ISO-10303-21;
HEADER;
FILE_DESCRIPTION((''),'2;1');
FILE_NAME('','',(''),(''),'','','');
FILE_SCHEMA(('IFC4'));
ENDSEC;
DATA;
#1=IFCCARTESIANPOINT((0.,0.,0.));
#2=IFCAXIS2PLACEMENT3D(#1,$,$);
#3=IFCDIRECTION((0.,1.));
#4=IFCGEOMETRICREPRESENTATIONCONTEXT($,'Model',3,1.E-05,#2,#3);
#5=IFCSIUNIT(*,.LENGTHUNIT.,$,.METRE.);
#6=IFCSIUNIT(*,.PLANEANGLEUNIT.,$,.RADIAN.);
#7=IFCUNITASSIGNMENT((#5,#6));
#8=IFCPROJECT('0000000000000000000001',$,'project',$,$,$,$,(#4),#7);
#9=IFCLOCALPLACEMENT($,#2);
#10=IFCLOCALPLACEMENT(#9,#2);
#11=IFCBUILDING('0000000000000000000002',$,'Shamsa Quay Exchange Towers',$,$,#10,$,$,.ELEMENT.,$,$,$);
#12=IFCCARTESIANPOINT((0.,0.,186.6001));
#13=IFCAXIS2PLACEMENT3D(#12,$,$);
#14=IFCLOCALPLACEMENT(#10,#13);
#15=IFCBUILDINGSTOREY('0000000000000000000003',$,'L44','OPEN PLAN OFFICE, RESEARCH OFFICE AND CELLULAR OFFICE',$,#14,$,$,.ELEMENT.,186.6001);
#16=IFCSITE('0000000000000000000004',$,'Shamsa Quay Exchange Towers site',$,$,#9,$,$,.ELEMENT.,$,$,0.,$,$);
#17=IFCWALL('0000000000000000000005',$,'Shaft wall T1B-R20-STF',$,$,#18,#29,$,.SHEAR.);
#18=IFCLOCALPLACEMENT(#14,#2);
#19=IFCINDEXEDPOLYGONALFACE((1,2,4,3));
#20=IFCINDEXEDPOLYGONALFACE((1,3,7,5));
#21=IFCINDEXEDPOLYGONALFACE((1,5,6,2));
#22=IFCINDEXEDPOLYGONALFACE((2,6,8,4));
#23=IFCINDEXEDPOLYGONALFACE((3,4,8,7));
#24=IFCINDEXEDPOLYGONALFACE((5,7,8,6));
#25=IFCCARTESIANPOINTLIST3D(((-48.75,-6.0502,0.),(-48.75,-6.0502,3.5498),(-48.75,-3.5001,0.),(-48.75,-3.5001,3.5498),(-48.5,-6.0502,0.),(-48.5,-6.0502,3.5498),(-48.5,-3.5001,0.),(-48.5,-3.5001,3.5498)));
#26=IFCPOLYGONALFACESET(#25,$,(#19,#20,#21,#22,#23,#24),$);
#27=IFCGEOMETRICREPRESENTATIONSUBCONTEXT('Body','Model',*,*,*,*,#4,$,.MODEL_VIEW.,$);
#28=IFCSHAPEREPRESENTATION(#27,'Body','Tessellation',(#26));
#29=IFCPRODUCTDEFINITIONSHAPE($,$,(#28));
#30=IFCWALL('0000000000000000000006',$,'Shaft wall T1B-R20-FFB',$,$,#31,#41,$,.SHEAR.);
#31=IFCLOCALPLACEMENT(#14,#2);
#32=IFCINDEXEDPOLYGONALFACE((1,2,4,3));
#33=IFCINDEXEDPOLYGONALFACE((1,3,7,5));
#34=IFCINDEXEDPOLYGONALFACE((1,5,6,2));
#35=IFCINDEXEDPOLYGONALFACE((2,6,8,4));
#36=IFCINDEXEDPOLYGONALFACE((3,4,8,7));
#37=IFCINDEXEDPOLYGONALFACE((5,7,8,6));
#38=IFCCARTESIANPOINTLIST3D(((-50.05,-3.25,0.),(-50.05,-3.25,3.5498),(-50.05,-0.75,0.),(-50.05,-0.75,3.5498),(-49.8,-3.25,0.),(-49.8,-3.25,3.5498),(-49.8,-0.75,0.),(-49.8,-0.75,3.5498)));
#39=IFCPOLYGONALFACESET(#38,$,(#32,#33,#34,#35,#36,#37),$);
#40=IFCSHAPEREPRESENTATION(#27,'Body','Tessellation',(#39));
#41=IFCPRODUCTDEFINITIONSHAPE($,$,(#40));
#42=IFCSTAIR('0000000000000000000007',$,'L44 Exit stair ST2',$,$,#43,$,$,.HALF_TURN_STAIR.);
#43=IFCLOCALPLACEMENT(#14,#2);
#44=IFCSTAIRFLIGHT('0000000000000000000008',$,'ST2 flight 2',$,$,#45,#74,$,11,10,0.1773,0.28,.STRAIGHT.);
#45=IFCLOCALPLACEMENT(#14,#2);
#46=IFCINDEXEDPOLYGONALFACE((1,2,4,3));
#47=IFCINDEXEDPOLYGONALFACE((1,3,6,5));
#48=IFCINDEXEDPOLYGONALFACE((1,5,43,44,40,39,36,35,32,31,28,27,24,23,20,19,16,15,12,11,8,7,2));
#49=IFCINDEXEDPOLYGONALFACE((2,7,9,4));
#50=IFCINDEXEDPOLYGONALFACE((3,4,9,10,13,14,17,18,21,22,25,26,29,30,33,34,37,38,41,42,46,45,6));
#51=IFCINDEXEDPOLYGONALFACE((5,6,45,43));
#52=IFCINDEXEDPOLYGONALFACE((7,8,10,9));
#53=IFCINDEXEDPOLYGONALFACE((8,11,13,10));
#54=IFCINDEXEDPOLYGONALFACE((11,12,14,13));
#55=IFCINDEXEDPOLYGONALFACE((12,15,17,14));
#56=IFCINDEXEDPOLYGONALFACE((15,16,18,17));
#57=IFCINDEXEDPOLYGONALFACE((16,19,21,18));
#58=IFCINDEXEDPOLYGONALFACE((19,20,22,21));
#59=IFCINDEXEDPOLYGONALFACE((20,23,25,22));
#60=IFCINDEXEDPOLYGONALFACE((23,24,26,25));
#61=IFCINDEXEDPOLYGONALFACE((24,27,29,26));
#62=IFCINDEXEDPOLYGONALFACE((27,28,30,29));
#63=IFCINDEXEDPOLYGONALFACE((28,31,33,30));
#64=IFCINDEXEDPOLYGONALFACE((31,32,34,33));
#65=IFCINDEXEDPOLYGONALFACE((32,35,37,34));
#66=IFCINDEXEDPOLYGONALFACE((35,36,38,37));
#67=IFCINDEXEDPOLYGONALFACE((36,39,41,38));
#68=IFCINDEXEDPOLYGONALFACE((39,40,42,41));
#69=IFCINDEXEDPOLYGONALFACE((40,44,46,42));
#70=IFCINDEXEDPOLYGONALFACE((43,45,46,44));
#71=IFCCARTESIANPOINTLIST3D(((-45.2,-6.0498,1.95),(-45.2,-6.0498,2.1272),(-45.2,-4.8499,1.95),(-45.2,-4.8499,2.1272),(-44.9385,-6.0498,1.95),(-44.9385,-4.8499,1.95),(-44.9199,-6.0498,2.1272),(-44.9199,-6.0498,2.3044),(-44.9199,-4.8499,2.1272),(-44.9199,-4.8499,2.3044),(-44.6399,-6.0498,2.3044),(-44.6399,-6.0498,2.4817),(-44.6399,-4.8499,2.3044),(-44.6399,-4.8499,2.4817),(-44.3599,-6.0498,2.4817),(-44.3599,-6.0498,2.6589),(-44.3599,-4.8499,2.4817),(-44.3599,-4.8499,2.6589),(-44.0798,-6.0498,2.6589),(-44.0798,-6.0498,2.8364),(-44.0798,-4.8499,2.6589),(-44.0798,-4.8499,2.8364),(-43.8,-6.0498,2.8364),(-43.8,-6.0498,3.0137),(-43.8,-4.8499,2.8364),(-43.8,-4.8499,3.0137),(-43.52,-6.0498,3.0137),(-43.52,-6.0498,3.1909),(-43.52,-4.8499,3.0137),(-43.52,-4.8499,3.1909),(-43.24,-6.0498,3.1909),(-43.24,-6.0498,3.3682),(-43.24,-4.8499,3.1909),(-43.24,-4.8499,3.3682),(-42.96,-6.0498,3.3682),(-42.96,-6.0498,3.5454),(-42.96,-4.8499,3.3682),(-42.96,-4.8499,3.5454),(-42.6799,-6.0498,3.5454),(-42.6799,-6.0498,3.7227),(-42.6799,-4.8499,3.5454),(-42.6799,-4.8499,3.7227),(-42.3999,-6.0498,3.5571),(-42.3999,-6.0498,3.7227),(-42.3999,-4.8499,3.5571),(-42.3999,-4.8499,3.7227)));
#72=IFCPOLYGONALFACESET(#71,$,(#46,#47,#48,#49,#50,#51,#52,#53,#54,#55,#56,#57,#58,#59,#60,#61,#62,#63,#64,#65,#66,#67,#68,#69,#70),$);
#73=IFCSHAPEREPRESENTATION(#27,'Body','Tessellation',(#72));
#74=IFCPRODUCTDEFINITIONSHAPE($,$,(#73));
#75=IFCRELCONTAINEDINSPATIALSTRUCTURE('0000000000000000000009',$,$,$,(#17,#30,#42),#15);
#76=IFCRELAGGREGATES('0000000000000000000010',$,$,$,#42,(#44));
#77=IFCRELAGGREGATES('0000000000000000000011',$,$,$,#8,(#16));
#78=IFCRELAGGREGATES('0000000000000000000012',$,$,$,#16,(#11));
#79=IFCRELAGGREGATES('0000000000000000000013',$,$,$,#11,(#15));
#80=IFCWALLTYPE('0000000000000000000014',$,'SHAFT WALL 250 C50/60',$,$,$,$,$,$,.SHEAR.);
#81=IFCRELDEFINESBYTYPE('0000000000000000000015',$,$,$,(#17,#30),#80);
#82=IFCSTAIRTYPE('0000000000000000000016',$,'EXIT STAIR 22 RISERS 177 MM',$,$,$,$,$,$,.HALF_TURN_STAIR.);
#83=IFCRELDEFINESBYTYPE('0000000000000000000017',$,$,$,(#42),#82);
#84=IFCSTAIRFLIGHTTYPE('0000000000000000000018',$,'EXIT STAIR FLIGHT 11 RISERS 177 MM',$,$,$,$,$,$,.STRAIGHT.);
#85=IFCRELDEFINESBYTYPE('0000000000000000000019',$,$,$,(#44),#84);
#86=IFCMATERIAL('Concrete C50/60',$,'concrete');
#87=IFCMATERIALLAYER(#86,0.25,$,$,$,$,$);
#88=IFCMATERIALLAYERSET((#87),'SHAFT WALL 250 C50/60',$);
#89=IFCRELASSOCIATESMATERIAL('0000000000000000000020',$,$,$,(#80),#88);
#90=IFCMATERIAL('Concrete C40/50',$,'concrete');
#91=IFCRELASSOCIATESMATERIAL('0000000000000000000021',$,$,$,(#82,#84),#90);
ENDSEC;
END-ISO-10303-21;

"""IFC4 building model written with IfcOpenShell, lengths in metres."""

from ifc_helpers import new_model, si_unit, direction, frame, frame_2d, origin, place, context, subcontext, project, spatial, polyline, rectangle, outline, extrude, material, layer, layer_set, type_object, element, aggregate, save


model = new_model("IFC4")

# Units and contexts
model_context = context("Model", 3, precision=1e-05, world=origin(), true_north=direction((0.0, 1.0)))
body_context = subcontext(model_context, "Body", "Model", "MODEL_VIEW")
ifc_project = project(units=[si_unit("LENGTHUNIT", "METRE"), si_unit("PLANEANGLEUNIT", "RADIAN")], contexts=[model_context])

# Site, building, storey
site_placement = place(None, origin())
site = spatial("IfcSite", under=ifc_project, at=site_placement, Name="Shamsa Quay Exchange Towers site", CompositionType="ELEMENT", RefElevation=0.0)
building_placement = place(site_placement, origin())
building = spatial("IfcBuilding", under=site, at=building_placement, Name="Shamsa Quay Exchange Towers", CompositionType="ELEMENT")
storey_placement = place(building_placement, frame((0.0, 0.0, 186.6001)))
storey = spatial("IfcBuildingStorey", under=building, at=storey_placement, Name="L44", Description="OPEN PLAN OFFICE, RESEARCH OFFICE AND CELLULAR OFFICE", CompositionType="ELEMENT", Elevation=186.6001)

# Wall
ifc_material_1 = material(Name="Concrete C50/60", Category="concrete")
ifc_layer_1 = layer(ifc_material_1, 0.25)
ifc_layer_set_1 = layer_set([ifc_layer_1], Name="SHAFT WALL 250 C50/60")
wall_type_1 = type_object("IfcWallType", Name="SHAFT WALL 250 C50/60", PredefinedType="SHEAR", material=ifc_layer_set_1)
wall_1_placement = place(storey_placement, frame((-48.625, -6.05, 0.0), z_axis=(0.0, 0.0, 1.0), x_axis=(0.0, 1.0, 0.0)))
element("IfcWall", 1, at=wall_1_placement, inside=storey, type_object=wall_type_1, Name="Shaft wall T1B-R20-STF", PredefinedType="SHEAR", context=body_context, shape_type="SweptSolid", body=[
    extrude(rectangle(XDim=2.55, YDim=0.25, at=frame_2d((1.2749, 0.0))), origin(), (0.0, 0.0, 1.0), 3.5498),
])

# Wall
wall_2_placement = place(storey_placement, frame((-49.925, -3.25, 0.0), z_axis=(0.0, 0.0, 1.0), x_axis=(0.0, 1.0, 0.0)))
element("IfcWall", 2, at=wall_2_placement, inside=storey, type_object=wall_type_1, Name="Shaft wall T1B-R20-FFB", PredefinedType="SHEAR", context=body_context, shape_type="SweptSolid", body=[
    extrude(rectangle(XDim=2.5, YDim=0.25, at=frame_2d((1.25, 0.0))), origin(), (0.0, 0.0, 1.0), 3.5498),
])

# Stair, stair flight
ifc_material_2 = material(Name="Concrete C40/50", Category="concrete")
stair_type = type_object("IfcStairType", Name="EXIT STAIR 22 RISERS 177 MM", PredefinedType="HALF_TURN_STAIR", material=ifc_material_2)
stair_placement = place(storey_placement, origin())
stair = element("IfcStair", 3, at=stair_placement, inside=storey, type_object=stair_type, Name="L44 Exit stair ST2", PredefinedType="HALF_TURN_STAIR")
stair_flight_type = type_object("IfcStairFlightType", Name="EXIT STAIR FLIGHT 11 RISERS 177 MM", PredefinedType="STRAIGHT", material=ifc_material_2)
stair_flight_placement = place(storey_placement, frame((-45.2, -5.45, 1.95)))
stair_flight = element("IfcStairFlight", 4, at=stair_flight_placement, type_object=stair_flight_type, Name="ST2 flight 2", NumberOfRisers=11, NumberOfTreads=10, PredefinedType="STRAIGHT", RiserHeight=0.1773, TreadLength=0.28, context=body_context, shape_type="SweptSolid", body=[
    extrude(outline(polyline([(0.0, 0.0), (0.0, 0.1772), (0.28, 0.1772), (0.28, 0.3545), (0.5601, 0.3545), (0.5601, 0.5317), (0.8401, 0.5317), (0.8401, 0.709), (1.1201, 0.709), (1.1201, 0.8865), (1.3999, 0.8865), (1.3999, 1.0637), (1.6799, 1.0637), (1.6799, 1.241), (1.96, 1.241), (1.96, 1.4182), (2.24, 1.4182), (2.24, 1.5955), (2.52, 1.5955), (2.52, 1.7727), (2.8, 1.7727), (2.8, 1.95), (2.8, 1.6072), (0.2615, 0.0), (0.0, 0.0)])), frame((0.0, 0.6001, 0.0), z_axis=(0.0, -1.0, 0.0), x_axis=(1.0, 0.0, 0.0)), (0.0, 0.0, 1.0), 1.2),
])
aggregate(stair, [stair_flight])

save(model, "model.ifc")
